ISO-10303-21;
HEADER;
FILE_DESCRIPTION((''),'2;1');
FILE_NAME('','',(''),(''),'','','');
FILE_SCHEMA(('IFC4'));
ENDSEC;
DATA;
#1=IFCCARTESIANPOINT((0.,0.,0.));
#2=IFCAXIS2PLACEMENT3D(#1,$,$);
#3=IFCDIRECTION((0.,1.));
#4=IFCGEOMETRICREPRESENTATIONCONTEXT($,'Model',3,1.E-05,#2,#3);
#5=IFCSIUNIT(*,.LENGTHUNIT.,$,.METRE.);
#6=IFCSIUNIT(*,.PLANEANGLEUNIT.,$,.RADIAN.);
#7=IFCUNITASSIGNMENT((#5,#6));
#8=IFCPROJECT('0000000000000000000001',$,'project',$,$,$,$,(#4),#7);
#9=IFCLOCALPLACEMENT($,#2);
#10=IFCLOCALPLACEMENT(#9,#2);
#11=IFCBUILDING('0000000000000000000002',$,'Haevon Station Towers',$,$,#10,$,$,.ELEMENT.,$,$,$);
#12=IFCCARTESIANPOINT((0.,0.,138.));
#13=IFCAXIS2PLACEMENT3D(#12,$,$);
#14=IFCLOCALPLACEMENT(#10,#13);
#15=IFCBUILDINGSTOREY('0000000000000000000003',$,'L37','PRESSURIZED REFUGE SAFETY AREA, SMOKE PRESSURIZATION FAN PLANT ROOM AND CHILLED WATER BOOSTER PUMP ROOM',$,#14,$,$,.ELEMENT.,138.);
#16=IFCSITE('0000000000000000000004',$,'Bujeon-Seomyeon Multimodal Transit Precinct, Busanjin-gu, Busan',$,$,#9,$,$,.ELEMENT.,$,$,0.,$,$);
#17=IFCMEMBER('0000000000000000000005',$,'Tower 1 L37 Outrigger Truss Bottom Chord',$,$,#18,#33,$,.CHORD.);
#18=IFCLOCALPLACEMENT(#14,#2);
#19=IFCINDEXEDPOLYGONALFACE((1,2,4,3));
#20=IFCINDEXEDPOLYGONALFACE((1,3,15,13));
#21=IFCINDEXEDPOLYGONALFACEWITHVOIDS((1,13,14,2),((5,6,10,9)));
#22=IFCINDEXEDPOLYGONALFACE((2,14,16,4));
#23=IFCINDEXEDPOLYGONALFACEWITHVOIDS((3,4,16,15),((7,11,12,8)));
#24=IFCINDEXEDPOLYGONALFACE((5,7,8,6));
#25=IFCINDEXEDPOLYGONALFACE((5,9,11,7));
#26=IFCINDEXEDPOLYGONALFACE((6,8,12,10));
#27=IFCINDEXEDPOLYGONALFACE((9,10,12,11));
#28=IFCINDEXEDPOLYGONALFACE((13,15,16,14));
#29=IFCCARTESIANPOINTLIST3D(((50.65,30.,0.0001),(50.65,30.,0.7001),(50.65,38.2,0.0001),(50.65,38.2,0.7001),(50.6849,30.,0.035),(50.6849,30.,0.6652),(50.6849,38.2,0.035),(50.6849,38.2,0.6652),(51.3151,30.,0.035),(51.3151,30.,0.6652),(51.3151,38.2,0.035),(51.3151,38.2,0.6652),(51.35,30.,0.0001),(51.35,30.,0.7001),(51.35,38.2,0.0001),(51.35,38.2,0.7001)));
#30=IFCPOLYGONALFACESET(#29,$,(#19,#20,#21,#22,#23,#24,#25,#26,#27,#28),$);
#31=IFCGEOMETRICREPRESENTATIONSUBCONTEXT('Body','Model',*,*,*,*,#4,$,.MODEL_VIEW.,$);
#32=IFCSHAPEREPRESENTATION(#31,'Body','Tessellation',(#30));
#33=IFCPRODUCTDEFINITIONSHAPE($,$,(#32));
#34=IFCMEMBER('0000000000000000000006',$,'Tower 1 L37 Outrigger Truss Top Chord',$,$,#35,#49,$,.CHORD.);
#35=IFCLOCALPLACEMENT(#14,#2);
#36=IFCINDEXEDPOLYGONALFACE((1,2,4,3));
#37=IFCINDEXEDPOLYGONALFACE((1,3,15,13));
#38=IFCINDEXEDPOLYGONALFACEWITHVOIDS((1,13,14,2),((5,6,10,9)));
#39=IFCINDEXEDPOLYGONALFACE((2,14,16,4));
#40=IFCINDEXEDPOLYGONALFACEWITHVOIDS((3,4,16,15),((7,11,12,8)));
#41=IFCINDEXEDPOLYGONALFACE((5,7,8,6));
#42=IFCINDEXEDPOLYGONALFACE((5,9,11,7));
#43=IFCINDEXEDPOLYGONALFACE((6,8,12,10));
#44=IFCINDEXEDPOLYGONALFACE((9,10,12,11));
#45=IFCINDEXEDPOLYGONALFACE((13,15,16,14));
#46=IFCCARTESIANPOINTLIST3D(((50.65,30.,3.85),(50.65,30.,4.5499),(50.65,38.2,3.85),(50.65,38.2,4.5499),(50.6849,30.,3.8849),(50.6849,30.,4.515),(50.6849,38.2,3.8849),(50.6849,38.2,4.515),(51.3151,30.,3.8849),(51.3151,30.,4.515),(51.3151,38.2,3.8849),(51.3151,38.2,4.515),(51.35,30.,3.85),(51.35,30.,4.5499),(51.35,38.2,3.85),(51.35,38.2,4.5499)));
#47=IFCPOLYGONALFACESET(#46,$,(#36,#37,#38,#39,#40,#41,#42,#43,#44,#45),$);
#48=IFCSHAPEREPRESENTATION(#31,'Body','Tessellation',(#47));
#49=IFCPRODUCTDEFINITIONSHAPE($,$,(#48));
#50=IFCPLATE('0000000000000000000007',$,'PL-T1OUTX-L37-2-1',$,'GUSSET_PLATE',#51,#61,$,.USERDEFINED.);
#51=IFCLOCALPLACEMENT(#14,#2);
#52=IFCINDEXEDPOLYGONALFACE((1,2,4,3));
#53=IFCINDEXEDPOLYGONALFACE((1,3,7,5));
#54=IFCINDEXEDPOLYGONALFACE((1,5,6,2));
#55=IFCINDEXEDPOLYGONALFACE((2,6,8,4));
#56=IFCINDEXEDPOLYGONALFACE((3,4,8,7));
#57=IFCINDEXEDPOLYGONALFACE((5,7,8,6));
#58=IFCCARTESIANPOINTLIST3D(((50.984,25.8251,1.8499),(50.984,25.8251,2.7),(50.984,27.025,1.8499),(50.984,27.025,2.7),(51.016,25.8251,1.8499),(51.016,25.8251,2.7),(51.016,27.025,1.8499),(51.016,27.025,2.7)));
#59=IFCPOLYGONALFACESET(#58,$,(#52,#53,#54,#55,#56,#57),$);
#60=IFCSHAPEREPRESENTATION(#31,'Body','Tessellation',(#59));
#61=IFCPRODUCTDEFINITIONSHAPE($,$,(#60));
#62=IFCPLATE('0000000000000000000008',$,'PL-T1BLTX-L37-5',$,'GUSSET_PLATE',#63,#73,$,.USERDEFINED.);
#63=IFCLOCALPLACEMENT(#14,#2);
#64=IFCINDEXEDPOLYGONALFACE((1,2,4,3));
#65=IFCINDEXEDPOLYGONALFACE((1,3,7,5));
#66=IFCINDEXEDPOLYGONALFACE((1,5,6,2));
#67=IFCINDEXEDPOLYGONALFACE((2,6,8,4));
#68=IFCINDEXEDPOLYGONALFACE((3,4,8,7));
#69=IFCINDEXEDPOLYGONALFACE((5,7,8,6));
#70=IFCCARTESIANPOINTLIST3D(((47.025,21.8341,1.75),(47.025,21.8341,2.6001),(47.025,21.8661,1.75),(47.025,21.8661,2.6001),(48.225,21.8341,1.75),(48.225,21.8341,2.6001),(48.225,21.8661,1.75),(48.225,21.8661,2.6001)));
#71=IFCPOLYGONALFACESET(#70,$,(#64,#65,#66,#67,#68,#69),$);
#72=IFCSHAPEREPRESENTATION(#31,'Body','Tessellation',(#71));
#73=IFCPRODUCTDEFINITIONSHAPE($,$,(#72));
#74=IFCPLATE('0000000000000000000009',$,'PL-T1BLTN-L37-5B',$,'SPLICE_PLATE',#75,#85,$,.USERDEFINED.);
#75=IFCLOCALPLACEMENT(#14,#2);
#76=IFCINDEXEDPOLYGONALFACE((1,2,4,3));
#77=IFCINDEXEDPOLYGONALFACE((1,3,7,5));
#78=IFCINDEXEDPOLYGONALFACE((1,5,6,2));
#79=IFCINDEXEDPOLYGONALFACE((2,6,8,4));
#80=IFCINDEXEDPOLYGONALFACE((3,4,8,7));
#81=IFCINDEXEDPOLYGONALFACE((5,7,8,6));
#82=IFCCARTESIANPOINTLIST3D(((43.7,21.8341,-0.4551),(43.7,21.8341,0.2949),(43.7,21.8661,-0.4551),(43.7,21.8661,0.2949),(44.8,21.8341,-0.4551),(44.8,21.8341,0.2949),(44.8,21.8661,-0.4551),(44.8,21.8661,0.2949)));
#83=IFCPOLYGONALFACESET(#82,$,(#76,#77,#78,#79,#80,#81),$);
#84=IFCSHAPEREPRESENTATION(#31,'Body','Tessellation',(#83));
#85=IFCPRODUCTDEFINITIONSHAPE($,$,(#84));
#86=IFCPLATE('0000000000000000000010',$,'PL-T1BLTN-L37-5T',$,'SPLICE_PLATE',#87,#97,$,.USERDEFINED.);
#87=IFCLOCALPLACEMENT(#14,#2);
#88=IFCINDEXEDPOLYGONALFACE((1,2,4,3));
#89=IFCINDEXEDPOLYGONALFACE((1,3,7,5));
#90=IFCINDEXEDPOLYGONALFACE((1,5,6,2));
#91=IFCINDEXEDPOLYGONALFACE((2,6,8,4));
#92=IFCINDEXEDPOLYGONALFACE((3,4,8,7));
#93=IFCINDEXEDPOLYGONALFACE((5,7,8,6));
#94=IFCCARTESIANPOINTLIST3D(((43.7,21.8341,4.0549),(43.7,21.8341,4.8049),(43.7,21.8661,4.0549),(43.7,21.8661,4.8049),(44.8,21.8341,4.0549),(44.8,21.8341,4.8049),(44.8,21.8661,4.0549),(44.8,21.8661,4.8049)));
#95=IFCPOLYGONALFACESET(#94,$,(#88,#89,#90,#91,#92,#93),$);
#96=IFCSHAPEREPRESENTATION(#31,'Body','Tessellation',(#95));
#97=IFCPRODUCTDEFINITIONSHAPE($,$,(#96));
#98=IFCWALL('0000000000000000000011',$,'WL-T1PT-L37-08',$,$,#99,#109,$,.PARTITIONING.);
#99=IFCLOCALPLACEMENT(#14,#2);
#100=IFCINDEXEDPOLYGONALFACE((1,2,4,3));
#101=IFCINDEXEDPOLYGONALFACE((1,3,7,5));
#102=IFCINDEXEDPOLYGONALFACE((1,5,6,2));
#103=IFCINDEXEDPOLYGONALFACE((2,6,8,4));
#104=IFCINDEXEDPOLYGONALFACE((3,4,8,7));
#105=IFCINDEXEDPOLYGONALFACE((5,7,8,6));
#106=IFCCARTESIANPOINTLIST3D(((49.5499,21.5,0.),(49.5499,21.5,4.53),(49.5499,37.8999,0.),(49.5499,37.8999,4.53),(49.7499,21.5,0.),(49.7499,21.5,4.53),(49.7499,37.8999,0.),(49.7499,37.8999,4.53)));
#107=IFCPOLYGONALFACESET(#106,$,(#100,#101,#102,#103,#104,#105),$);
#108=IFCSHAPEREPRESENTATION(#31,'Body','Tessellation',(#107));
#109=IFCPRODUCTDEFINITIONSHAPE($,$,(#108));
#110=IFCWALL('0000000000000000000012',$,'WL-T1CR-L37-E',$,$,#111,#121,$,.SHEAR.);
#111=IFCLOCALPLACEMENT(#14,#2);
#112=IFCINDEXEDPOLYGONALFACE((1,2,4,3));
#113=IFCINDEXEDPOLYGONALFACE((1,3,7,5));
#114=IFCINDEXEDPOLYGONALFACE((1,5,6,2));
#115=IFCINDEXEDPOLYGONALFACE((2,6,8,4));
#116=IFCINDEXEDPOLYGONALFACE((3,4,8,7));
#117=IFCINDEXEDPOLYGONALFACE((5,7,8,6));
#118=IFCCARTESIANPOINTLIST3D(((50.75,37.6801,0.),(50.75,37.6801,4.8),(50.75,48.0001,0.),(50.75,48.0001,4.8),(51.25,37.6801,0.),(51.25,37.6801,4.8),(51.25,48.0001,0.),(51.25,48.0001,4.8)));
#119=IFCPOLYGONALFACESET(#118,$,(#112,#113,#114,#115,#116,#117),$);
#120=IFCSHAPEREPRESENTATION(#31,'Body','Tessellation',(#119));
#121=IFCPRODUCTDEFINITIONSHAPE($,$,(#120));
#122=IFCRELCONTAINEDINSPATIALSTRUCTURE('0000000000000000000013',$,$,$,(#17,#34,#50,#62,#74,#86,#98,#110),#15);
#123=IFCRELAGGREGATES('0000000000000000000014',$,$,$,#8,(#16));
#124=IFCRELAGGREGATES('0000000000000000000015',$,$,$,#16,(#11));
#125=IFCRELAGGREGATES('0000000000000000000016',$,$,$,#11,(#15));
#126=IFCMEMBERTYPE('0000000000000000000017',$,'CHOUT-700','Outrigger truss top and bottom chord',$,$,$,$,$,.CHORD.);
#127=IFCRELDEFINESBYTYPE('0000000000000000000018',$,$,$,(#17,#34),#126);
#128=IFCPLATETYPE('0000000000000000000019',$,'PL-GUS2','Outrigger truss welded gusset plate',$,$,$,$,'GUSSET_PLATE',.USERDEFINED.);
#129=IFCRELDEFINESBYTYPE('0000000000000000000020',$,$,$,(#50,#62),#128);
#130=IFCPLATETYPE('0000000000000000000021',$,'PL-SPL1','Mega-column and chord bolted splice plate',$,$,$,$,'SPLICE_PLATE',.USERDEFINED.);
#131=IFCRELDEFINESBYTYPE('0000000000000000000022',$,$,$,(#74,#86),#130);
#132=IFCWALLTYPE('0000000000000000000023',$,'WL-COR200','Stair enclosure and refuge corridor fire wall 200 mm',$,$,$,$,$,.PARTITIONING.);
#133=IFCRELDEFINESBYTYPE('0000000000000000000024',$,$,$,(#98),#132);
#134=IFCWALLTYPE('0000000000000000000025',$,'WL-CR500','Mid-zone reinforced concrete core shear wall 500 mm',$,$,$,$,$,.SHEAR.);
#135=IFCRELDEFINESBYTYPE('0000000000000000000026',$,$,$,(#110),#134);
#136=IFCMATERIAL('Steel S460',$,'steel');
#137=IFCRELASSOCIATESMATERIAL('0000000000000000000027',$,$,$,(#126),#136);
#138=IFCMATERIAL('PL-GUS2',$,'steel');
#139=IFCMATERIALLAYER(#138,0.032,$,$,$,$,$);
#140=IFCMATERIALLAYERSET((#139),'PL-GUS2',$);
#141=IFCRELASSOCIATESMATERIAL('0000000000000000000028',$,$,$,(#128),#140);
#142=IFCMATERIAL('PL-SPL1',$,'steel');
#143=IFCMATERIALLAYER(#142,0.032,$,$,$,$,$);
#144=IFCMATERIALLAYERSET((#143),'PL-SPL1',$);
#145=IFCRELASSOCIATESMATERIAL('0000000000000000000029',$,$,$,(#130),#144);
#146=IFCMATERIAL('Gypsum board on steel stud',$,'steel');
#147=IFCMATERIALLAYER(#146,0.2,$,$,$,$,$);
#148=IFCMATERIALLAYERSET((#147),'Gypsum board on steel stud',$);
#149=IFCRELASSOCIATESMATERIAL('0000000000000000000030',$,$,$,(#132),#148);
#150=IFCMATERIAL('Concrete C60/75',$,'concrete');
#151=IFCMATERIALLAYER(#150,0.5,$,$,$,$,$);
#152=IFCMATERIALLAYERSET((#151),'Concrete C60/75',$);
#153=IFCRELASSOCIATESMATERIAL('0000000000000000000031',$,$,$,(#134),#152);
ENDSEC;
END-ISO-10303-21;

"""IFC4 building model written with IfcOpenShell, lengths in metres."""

from ifc_helpers import new_model, si_unit, direction, frame, frame_2d, origin, origin_2d, place, context, subcontext, project, spatial, rectangle, hollow_rectangle, extrude, material, layer, layer_set, material_profile, profile_set, type_object, element, save


model = new_model("IFC4")

# Units and contexts
model_context = context("Model", 3, precision=1e-05, world=origin(), true_north=direction((0.0, 1.0)))
body_context = subcontext(model_context, "Body", "Model", "MODEL_VIEW")
ifc_project = project(units=[si_unit("LENGTHUNIT", "METRE"), si_unit("PLANEANGLEUNIT", "RADIAN")], contexts=[model_context])

# Site, building, storey
site_placement = place(None, origin())
site = spatial("IfcSite", under=ifc_project, at=site_placement, Name="Bujeon-Seomyeon Multimodal Transit Precinct, Busanjin-gu, Busan", CompositionType="ELEMENT", RefElevation=0.0)
building_placement = place(site_placement, origin())
building = spatial("IfcBuilding", under=site, at=building_placement, Name="Haevon Station Towers", CompositionType="ELEMENT")
storey_placement = place(building_placement, frame((0.0, 0.0, 138.0)))
storey = spatial("IfcBuildingStorey", under=building, at=storey_placement, Name="L37", Description="PRESSURIZED REFUGE SAFETY AREA, SMOKE PRESSURIZATION FAN PLANT ROOM AND CHILLED WATER BOOSTER PUMP ROOM", CompositionType="ELEMENT", Elevation=138.0)

# Shared definitions
ifc_material_1 = material(Name="Steel S460", Category="steel")

# Members
ifc_material_profile_1 = material_profile(ifc_material_1, hollow_rectangle(XDim=0.7, YDim=0.7, WallThickness=0.0349, at=origin_2d()), Name="RHS-700x700x35")
ifc_profile_set_1 = profile_set([ifc_material_profile_1], Name="Steel S460")
member_type_1 = type_object("IfcMemberType", Name="CHOUT-700", Description="Outrigger truss top and bottom chord", PredefinedType="CHORD", material=ifc_profile_set_1)
for number, where, z_axis, x_axis, name in (
    (1, (51.0, 30.0, 0.3501), (0.0, 1.0, 0.0), (-1.0, 0.0, 0.0), "Tower 1 L37 Outrigger Truss Bottom Chord"),
    (2, (51.0, 30.0, 4.2), (0.0, 1.0, 0.0), (-1.0, 0.0, 0.0), "Tower 1 L37 Outrigger Truss Top Chord"),
):
    element("IfcMember", number, at=place(storey_placement, frame(where, z_axis=z_axis, x_axis=x_axis)), inside=storey, type_object=member_type_1, Name=name, PredefinedType="CHORD", context=body_context, shape_type="SweptSolid", body=[
        extrude(hollow_rectangle(XDim=0.7, YDim=0.7, WallThickness=0.0349, at=origin_2d()), origin(), (0.0, 0.0, 1.0), 8.2),
    ])

# Plates
ifc_material_2 = material(Name="PL-GUS2", Category="steel")
ifc_layer_1 = layer(ifc_material_2, 0.032)
ifc_layer_set_1 = layer_set([ifc_layer_1], Name="PL-GUS2")
plate_type_1 = type_object("IfcPlateType", Name="PL-GUS2", Description="Outrigger truss welded gusset plate", ElementType="GUSSET_PLATE", PredefinedType="USERDEFINED", material=ifc_layer_set_1)
for number, where, z_axis, x_axis, name in (
    (3, (51.0, 26.425, 1.8499), (0.0, 0.0, 1.0), (0.0, 1.0, 0.0), "PL-T1OUTX-L37-2-1"),
    (4, (47.625, 21.8501, 1.75), (0.0, 0.0, 1.0), (1.0, 0.0, 0.0), "PL-T1BLTX-L37-5"),
):
    element("IfcPlate", number, at=place(storey_placement, frame(where, z_axis=z_axis, x_axis=x_axis)), inside=storey, type_object=plate_type_1, Name=name, ObjectType="GUSSET_PLATE", PredefinedType="USERDEFINED", context=body_context, shape_type="SweptSolid", body=[
        extrude(rectangle(XDim=1.2, YDim=0.032, at=origin_2d()), origin(), (0.0, 0.0, 1.0), 0.8501),
    ])
ifc_material_3 = material(Name="PL-SPL1", Category="steel")
ifc_layer_2 = layer(ifc_material_3, 0.032)
ifc_layer_set_2 = layer_set([ifc_layer_2], Name="PL-SPL1")
plate_type_2 = type_object("IfcPlateType", Name="PL-SPL1", Description="Mega-column and chord bolted splice plate", ElementType="SPLICE_PLATE", PredefinedType="USERDEFINED", material=ifc_layer_set_2)
for number, where, z_axis, x_axis, name in (
    (5, (44.25, 21.8501, -0.4551), (0.0, 0.0, 1.0), (1.0, 0.0, 0.0), "PL-T1BLTN-L37-5B"),
    (6, (44.25, 21.8501, 4.0549), (0.0, 0.0, 1.0), (1.0, 0.0, 0.0), "PL-T1BLTN-L37-5T"),
):
    element("IfcPlate", number, at=place(storey_placement, frame(where, z_axis=z_axis, x_axis=x_axis)), inside=storey, type_object=plate_type_2, Name=name, ObjectType="SPLICE_PLATE", PredefinedType="USERDEFINED", context=body_context, shape_type="SweptSolid", body=[
        extrude(rectangle(XDim=1.1001, YDim=0.032, at=origin_2d()), origin(), (0.0, 0.0, 1.0), 0.75),
    ])

# Walls
ifc_material_4 = material(Name="Gypsum board on steel stud", Category="steel")
ifc_layer_3 = layer(ifc_material_4, 0.2)
ifc_layer_set_3 = layer_set([ifc_layer_3], Name="Gypsum board on steel stud")
wall_type_1 = type_object("IfcWallType", Name="WL-COR200", Description="Stair enclosure and refuge corridor fire wall 200 mm", PredefinedType="PARTITIONING", material=ifc_layer_set_3)
wall_1_placement = place(storey_placement, frame((49.6499, 21.5, 0.0), z_axis=(0.0, 0.0, 1.0), x_axis=(0.0, 1.0, 0.0)))
element("IfcWall", 7, at=wall_1_placement, inside=storey, type_object=wall_type_1, Name="WL-T1PT-L37-08", PredefinedType="PARTITIONING", context=body_context, shape_type="SweptSolid", body=[
    extrude(rectangle(XDim=16.3999, YDim=0.2, at=frame_2d((8.2, 0.0))), origin(), (0.0, 0.0, 1.0), 4.53),
])
ifc_material_5 = material(Name="Concrete C60/75", Category="concrete")
ifc_layer_4 = layer(ifc_material_5, 0.5)
ifc_layer_set_4 = layer_set([ifc_layer_4], Name="Concrete C60/75")
wall_type_2 = type_object("IfcWallType", Name="WL-CR500", Description="Mid-zone reinforced concrete core shear wall 500 mm", PredefinedType="SHEAR", material=ifc_layer_set_4)
wall_2_placement = place(storey_placement, frame((51.0, 37.6799, 0.0), z_axis=(0.0, 0.0, 1.0), x_axis=(0.0, 1.0, 0.0)))
element("IfcWall", 8, at=wall_2_placement, inside=storey, type_object=wall_type_2, Name="WL-T1CR-L37-E", PredefinedType="SHEAR", context=body_context, shape_type="SweptSolid", body=[
    extrude(rectangle(XDim=10.3201, YDim=0.5, at=frame_2d((5.1602, 0.0))), origin(), (0.0, 0.0, 1.0), 4.8),
])

save(model, "model.ifc")
